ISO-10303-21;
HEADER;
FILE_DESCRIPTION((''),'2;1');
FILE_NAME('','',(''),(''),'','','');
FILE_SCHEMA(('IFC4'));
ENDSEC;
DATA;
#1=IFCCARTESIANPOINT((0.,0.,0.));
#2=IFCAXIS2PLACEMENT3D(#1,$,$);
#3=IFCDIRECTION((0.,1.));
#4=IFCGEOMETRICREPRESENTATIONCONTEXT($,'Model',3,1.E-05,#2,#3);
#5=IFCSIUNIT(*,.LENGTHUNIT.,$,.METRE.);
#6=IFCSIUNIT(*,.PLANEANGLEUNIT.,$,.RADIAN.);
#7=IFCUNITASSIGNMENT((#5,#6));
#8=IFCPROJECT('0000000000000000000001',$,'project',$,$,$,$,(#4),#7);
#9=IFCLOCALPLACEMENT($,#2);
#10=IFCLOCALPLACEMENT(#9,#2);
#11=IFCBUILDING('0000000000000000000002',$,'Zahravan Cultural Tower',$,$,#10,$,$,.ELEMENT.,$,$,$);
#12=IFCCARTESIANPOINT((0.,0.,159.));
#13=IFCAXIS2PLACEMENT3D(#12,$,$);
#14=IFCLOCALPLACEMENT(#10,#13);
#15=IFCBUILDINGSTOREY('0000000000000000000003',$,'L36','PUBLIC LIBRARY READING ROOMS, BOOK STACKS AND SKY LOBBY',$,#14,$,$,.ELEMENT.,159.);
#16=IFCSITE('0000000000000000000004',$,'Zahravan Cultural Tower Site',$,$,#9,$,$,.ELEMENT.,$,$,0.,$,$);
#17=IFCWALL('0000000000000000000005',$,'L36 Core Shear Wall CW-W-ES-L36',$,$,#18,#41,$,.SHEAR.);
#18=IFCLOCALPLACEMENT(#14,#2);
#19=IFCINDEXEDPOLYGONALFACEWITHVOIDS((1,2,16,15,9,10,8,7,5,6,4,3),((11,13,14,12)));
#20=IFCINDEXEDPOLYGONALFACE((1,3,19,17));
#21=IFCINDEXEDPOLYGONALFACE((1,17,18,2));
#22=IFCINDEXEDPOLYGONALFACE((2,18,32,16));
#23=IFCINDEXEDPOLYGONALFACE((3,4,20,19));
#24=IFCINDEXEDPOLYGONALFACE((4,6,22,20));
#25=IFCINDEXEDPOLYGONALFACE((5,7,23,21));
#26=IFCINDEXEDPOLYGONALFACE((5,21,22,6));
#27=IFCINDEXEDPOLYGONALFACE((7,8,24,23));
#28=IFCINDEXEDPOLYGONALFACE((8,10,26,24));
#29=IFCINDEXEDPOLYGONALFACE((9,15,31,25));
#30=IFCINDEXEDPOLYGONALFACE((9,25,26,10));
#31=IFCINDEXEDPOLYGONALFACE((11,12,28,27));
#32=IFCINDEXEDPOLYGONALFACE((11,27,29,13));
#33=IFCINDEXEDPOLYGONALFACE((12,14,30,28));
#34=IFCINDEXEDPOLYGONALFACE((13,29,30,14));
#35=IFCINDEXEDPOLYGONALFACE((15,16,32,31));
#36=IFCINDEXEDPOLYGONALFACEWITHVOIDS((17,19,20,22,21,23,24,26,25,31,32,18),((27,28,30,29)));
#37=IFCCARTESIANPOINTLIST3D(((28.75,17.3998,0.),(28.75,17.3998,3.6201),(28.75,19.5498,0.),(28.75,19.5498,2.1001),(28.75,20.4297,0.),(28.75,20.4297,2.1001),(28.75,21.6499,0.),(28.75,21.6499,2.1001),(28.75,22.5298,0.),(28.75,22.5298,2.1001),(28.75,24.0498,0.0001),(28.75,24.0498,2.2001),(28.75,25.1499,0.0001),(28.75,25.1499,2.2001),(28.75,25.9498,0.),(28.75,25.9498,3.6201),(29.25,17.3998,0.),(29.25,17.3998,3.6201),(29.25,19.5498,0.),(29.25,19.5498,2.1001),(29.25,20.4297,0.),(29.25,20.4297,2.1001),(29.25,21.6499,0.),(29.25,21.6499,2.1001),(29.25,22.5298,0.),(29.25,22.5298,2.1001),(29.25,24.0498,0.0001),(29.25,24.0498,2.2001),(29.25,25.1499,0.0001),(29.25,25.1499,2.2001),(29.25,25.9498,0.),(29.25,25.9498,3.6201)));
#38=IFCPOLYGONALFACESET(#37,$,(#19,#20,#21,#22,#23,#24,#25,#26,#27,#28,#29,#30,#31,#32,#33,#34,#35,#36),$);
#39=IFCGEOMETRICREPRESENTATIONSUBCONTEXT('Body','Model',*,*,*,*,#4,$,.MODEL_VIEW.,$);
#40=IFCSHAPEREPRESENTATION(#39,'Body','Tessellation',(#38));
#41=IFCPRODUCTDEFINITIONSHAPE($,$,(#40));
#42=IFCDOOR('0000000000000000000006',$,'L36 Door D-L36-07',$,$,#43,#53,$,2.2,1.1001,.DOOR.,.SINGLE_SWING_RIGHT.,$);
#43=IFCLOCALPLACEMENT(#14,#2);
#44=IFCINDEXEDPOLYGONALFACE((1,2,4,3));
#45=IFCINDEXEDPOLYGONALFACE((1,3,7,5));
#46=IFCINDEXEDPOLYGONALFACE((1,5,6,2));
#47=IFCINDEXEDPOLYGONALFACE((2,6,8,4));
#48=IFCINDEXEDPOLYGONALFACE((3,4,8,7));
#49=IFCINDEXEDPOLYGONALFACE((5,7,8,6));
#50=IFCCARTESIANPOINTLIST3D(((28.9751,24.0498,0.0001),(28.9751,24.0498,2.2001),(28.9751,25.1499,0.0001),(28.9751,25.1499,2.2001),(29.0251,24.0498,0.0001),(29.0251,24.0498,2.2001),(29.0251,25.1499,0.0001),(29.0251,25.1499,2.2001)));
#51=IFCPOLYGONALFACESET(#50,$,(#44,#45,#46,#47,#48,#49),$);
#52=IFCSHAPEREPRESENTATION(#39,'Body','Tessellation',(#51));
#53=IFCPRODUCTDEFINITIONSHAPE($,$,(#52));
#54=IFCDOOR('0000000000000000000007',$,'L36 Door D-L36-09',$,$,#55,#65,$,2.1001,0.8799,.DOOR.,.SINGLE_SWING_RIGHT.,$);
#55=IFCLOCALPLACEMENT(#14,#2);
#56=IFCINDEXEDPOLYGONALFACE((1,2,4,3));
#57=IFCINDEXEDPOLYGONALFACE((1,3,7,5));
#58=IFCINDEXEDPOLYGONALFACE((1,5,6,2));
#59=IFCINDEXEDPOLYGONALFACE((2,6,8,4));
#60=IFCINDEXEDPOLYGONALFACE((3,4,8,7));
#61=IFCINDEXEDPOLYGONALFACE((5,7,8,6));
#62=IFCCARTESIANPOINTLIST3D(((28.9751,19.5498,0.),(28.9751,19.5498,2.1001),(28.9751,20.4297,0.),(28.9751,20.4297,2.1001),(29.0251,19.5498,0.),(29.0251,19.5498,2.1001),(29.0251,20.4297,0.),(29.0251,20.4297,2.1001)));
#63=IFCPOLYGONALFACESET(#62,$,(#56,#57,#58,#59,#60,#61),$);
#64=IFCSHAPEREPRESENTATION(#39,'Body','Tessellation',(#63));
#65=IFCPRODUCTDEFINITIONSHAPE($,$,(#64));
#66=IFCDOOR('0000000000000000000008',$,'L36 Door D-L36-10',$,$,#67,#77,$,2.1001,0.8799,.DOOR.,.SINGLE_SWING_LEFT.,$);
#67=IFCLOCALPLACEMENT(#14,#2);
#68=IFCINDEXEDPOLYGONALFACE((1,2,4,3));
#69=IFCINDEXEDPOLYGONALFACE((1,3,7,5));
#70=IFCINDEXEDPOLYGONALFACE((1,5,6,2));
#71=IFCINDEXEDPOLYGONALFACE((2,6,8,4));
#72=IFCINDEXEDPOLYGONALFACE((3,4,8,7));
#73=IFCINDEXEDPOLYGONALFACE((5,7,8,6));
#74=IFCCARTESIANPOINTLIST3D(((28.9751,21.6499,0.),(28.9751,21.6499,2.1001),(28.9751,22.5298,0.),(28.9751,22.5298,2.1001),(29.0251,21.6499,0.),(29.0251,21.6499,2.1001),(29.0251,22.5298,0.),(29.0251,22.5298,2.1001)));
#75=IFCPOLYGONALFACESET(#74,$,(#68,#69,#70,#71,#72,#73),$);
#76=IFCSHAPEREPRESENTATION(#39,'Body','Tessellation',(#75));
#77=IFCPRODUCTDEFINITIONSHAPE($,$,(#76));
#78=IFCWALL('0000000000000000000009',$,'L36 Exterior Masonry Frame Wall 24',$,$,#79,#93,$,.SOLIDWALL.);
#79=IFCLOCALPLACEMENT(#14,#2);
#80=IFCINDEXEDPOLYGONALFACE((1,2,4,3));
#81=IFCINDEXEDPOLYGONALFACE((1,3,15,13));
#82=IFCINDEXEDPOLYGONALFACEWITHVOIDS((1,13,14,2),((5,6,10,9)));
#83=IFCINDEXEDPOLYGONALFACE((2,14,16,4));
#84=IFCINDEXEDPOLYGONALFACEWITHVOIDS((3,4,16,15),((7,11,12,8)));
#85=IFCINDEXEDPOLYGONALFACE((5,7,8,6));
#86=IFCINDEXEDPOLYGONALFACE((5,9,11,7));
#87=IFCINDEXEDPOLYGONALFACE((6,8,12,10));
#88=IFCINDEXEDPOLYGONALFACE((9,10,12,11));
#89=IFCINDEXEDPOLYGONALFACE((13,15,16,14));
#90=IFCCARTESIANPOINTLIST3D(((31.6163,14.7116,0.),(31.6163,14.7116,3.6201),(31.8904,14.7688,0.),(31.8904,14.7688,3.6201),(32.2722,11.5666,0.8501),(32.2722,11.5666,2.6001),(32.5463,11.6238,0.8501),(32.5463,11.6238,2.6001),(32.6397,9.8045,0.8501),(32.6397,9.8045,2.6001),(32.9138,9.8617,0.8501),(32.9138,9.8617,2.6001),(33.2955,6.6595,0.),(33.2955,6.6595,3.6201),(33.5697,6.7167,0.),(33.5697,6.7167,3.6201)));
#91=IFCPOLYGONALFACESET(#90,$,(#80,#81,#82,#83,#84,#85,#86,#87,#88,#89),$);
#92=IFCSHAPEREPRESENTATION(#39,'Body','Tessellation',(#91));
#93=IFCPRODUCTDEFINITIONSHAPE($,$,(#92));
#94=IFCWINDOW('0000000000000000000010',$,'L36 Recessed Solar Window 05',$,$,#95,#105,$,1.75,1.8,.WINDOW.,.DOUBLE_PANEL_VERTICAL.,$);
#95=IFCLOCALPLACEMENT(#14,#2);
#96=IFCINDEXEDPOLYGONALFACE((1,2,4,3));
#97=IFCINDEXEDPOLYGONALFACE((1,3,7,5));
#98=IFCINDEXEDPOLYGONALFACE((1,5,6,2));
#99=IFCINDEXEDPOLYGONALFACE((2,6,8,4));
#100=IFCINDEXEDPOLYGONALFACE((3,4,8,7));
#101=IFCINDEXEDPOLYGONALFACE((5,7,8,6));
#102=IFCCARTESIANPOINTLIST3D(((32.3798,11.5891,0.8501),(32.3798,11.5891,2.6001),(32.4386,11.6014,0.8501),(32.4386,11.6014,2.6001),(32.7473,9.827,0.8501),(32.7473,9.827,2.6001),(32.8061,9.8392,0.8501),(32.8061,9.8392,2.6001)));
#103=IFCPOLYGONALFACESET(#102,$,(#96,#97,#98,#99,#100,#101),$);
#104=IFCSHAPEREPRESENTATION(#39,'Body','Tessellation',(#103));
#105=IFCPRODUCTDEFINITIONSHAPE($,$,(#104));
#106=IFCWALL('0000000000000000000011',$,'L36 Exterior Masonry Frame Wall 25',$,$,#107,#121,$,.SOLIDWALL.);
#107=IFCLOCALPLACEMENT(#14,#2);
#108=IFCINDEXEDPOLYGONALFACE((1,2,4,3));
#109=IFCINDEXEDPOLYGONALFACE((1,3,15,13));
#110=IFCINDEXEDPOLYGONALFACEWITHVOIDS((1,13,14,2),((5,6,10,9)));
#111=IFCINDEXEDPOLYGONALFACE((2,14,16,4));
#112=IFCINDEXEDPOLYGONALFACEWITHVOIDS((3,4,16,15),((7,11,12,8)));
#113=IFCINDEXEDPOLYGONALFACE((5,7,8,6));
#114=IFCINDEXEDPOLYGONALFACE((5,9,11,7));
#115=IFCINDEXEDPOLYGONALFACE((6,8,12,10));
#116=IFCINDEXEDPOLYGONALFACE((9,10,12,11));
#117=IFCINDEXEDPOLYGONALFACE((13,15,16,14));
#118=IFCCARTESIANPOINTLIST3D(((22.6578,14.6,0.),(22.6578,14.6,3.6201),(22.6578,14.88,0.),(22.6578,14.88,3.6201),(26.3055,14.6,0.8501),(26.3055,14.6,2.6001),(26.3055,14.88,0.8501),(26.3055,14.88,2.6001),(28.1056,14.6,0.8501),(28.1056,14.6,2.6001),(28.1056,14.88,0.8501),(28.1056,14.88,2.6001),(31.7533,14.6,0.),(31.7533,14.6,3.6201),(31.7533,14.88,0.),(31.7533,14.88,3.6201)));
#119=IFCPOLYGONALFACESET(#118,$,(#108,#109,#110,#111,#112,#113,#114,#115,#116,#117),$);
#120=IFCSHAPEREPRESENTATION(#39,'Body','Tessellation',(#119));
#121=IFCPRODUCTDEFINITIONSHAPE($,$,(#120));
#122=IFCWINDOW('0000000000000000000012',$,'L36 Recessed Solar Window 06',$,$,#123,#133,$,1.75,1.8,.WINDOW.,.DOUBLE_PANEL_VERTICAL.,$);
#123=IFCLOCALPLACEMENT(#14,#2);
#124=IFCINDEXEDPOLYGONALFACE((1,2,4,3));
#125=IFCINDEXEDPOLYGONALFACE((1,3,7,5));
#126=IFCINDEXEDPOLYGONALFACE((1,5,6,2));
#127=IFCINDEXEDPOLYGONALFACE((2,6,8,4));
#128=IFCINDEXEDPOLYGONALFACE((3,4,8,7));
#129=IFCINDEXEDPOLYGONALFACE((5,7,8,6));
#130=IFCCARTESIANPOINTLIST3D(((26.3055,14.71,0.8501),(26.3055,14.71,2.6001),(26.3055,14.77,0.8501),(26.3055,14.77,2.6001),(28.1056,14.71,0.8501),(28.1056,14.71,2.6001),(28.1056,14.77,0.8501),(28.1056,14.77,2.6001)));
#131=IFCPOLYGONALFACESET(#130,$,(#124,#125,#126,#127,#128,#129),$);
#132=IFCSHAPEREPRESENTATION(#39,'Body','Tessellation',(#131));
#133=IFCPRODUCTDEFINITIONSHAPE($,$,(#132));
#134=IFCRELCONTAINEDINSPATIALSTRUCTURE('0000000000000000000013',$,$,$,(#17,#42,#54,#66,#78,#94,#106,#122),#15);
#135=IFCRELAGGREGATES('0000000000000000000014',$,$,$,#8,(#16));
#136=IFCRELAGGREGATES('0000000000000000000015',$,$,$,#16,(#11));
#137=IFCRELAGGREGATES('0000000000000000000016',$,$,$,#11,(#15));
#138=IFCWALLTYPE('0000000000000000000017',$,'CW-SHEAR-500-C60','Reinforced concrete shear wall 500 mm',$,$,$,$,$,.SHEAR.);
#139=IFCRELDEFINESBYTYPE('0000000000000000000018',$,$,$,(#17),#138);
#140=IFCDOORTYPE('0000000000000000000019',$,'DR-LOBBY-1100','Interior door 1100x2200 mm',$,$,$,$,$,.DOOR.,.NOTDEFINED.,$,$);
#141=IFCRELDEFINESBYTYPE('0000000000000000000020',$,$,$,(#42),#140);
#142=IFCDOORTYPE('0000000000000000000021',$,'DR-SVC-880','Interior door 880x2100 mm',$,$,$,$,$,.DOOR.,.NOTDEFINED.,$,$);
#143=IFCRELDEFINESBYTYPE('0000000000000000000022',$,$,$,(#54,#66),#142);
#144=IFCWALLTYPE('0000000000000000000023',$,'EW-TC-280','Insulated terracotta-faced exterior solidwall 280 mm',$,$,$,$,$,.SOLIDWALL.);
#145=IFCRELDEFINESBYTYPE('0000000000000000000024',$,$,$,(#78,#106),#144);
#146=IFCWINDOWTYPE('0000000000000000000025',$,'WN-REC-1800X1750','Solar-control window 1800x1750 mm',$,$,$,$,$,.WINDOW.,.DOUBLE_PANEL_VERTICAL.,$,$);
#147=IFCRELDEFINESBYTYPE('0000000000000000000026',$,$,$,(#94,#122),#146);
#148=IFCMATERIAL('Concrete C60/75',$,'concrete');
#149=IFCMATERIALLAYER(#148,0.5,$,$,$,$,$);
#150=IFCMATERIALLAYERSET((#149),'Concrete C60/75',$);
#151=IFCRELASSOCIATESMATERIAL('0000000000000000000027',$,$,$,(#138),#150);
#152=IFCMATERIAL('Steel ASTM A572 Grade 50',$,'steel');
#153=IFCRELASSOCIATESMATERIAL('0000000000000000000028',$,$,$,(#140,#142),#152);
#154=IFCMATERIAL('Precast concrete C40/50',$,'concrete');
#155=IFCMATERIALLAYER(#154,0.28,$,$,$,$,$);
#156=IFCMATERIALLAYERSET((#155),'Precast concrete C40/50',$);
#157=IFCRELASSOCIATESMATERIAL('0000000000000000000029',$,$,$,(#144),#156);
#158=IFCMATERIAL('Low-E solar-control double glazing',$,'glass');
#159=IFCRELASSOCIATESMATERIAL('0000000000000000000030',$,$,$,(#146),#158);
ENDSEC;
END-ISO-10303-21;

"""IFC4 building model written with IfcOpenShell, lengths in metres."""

from ifc_helpers import new_model, si_unit, direction, frame, frame_2d, origin, place, context, subcontext, project, spatial, rectangle, extrude, source, transform, mapped, material, layer, layer_set, type_object, element, fill, save


model = new_model("IFC4")

# Units and contexts
model_context = context("Model", 3, precision=1e-05, world=origin(), true_north=direction((0.0, 1.0)))
body_context = subcontext(model_context, "Body", "Model", "MODEL_VIEW")
ifc_project = project(units=[si_unit("LENGTHUNIT", "METRE"), si_unit("PLANEANGLEUNIT", "RADIAN")], contexts=[model_context])

# Site, building, storey
site_placement = place(None, origin())
site = spatial("IfcSite", under=ifc_project, at=site_placement, Name="Zahravan Cultural Tower Site", CompositionType="ELEMENT", RefElevation=0.0)
building_placement = place(site_placement, origin())
building = spatial("IfcBuilding", under=site, at=building_placement, Name="Zahravan Cultural Tower", CompositionType="ELEMENT")
storey_placement = place(building_placement, frame((0.0, 0.0, 159.0)))
storey = spatial("IfcBuildingStorey", under=building, at=storey_placement, Name="L36", Description="PUBLIC LIBRARY READING ROOMS, BOOK STACKS AND SKY LOBBY", CompositionType="ELEMENT", Elevation=159.0)

# Wall, openings, doors
ifc_material_1 = material(Name="Concrete C60/75", Category="concrete")
ifc_layer_1 = layer(ifc_material_1, 0.5)
ifc_layer_set_1 = layer_set([ifc_layer_1], Name="Concrete C60/75")
wall_type_1 = type_object("IfcWallType", Name="CW-SHEAR-500-C60", Description="Reinforced concrete shear wall 500 mm", PredefinedType="SHEAR", material=ifc_layer_set_1)
wall_1_placement = place(storey_placement, frame((29.0, 17.3999, 0.0), z_axis=(0.0, 0.0, 1.0), x_axis=(0.0, 1.0, 0.0)))
wall_1 = element("IfcWall", 1, at=wall_1_placement, inside=storey, type_object=wall_type_1, Name="L36 Core Shear Wall CW-W-ES-L36", PredefinedType="SHEAR", context=body_context, shape_type="SweptSolid", body=[
    extrude(rectangle(XDim=8.55, YDim=0.5, at=frame_2d((4.2749, 0.0))), origin(), (0.0, 0.0, 1.0), 3.6201),
])
opening_1_placement = place(wall_1_placement, frame((6.6499, 0.0, 0.0)))
opening_1 = element("IfcOpeningElement", 2, at=opening_1_placement, cuts=wall_1, PredefinedType="OPENING", context=body_context, shape_type="SweptSolid", body=[
    extrude(rectangle(XDim=1.1001, YDim=2.2, at=frame_2d((0.55, 1.1001))), frame((0.0, 0.26, 0.0), z_axis=(0.0, -1.0, 0.0), x_axis=(1.0, 0.0, 0.0)), (0.0, 0.0, 1.0), 0.52),
])
opening_2_placement = place(wall_1_placement, frame((2.1499, 0.0, 0.0)))
opening_2 = element("IfcOpeningElement", 3, at=opening_2_placement, cuts=wall_1, PredefinedType="OPENING", context=body_context, shape_type="SweptSolid", body=[
    extrude(rectangle(XDim=0.8799, YDim=2.1001, at=frame_2d((0.4399, 1.05))), frame((0.0, 0.26, 0.0), z_axis=(0.0, -1.0, 0.0), x_axis=(1.0, 0.0, 0.0)), (0.0, 0.0, 1.0), 0.52),
])
opening_3_placement = place(wall_1_placement, frame((4.25, 0.0, 0.0)))
opening_3 = element("IfcOpeningElement", 4, at=opening_3_placement, cuts=wall_1, PredefinedType="OPENING", context=body_context, shape_type="SweptSolid", body=[
    extrude(rectangle(XDim=0.8799, YDim=2.1001, at=frame_2d((0.4399, 1.05))), frame((0.0, 0.26, 0.0), z_axis=(0.0, -1.0, 0.0), x_axis=(1.0, 0.0, 0.0)), (0.0, 0.0, 1.0), 0.52),
])
ifc_material_2 = material(Name="Steel ASTM A572 Grade 50", Category="steel")
door_type_1 = type_object("IfcDoorType", Name="DR-LOBBY-1100", Description="Interior door 1100x2200 mm", OperationType="NOTDEFINED", PredefinedType="DOOR", material=ifc_material_2)
shared_shape_1 = source(origin(), body_context, "Body", "SweptSolid", [
    extrude(rectangle(XDim=1.1001, YDim=2.2, at=frame_2d((0.55, 1.1001))), frame((0.0, 0.0249, 0.0), z_axis=(0.0, -1.0, 0.0), x_axis=(1.0, 0.0, 0.0)), (0.0, 0.0, 1.0), 0.05),
])
door_1_placement = place(opening_1_placement, origin())
door_1 = element("IfcDoor", 5, at=door_1_placement, inside=storey, type_object=door_type_1, Name="L36 Door D-L36-07", OperationType="SINGLE_SWING_RIGHT", OverallHeight=2.2, OverallWidth=1.1001, PredefinedType="DOOR", context=body_context, shape_type="MappedRepresentation", body=[
    mapped(shared_shape_1, transform((0.0, 0.0, 0.0), x_axis=(1.0, 0.0, 0.0), y_axis=(0.0, 1.0, 0.0), z_axis=(0.0, 0.0, 1.0), scale=1.0)),
])
fill(opening_1, door_1)
door_type_2 = type_object("IfcDoorType", Name="DR-SVC-880", Description="Interior door 880x2100 mm", OperationType="NOTDEFINED", PredefinedType="DOOR", material=ifc_material_2)
shared_shape_2 = source(origin(), body_context, "Body", "SweptSolid", [
    extrude(rectangle(XDim=0.8799, YDim=2.1001, at=frame_2d((0.4399, 1.05))), frame((0.0, 0.0249, 0.0), z_axis=(0.0, -1.0, 0.0), x_axis=(1.0, 0.0, 0.0)), (0.0, 0.0, 1.0), 0.05),
])
door_2_placement = place(opening_2_placement, origin())
door_2 = element("IfcDoor", 6, at=door_2_placement, inside=storey, type_object=door_type_2, Name="L36 Door D-L36-09", OperationType="SINGLE_SWING_RIGHT", OverallHeight=2.1001, OverallWidth=0.8799, PredefinedType="DOOR", context=body_context, shape_type="MappedRepresentation", body=[
    mapped(shared_shape_2, transform((0.0, 0.0, 0.0), x_axis=(1.0, 0.0, 0.0), y_axis=(0.0, 1.0, 0.0), z_axis=(0.0, 0.0, 1.0), scale=1.0)),
])
fill(opening_2, door_2)
door_3_placement = place(opening_3_placement, origin())
door_3 = element("IfcDoor", 7, at=door_3_placement, inside=storey, type_object=door_type_2, Name="L36 Door D-L36-10", OperationType="SINGLE_SWING_LEFT", OverallHeight=2.1001, OverallWidth=0.8799, PredefinedType="DOOR", context=body_context, shape_type="MappedRepresentation", body=[
    mapped(shared_shape_2, transform((0.0, 0.0, 0.0), x_axis=(1.0, 0.0, 0.0), y_axis=(0.0, 1.0, 0.0), z_axis=(0.0, 0.0, 1.0), scale=1.0)),
])
fill(opening_3, door_3)

# Walls, openings, windows
ifc_material_3 = material(Name="Precast concrete C40/50", Category="concrete")
ifc_layer_2 = layer(ifc_material_3, 0.28)
ifc_layer_set_2 = layer_set([ifc_layer_2], Name="Precast concrete C40/50")
wall_type_2 = type_object("IfcWallType", Name="EW-TC-280", Description="Insulated terracotta-faced exterior solidwall 280 mm", PredefinedType="SOLIDWALL", material=ifc_layer_set_2)
wall_2_placement = place(storey_placement, frame((33.4326, 6.688, 0.0), z_axis=(0.0, 0.0, 1.0), x_axis=(-0.204152, 0.978939, 0.0)))
wall_2 = element("IfcWall", 8, at=wall_2_placement, inside=storey, type_object=wall_type_2, Name="L36 Exterior Masonry Frame Wall 24", PredefinedType="SOLIDWALL", context=body_context, shape_type="SweptSolid", body=[
    extrude(rectangle(XDim=8.2253, YDim=0.28, at=frame_2d((4.1128, 0.0))), origin(), (0.0, 0.0, 1.0), 3.6201),
])
opening_4_placement = place(wall_2_placement, frame((3.2129, 0.0, 0.8501)))
opening_4 = element("IfcOpeningElement", 9, at=opening_4_placement, cuts=wall_2, PredefinedType="OPENING", context=body_context, shape_type="SweptSolid", body=[
    extrude(rectangle(XDim=1.8, YDim=1.75, at=frame_2d((0.8999, 0.875))), frame((0.0, 0.1499, 0.0), z_axis=(0.0, -1.0, 0.0), x_axis=(1.0, 0.0, 0.0)), (0.0, 0.0, 1.0), 0.3),
])
ifc_material_4 = material(Name="Low-E solar-control double glazing", Category="glass")
window_type = type_object("IfcWindowType", Name="WN-REC-1800X1750", Description="Solar-control window 1800x1750 mm", PartitioningType="DOUBLE_PANEL_VERTICAL", PredefinedType="WINDOW", material=ifc_material_4)
shared_shape_3 = source(origin(), body_context, "Body", "SweptSolid", [
    extrude(rectangle(XDim=1.8, YDim=1.75, at=frame_2d((0.8999, 0.875))), frame((0.0, 0.03, 0.0), z_axis=(0.0, -1.0, 0.0), x_axis=(1.0, 0.0, 0.0)), (0.0, 0.0, 1.0), 0.0601),
])
window_1_placement = place(opening_4_placement, origin())
window_1 = element("IfcWindow", 10, at=window_1_placement, inside=storey, type_object=window_type, Name="L36 Recessed Solar Window 05", OverallHeight=1.75, OverallWidth=1.8, PartitioningType="DOUBLE_PANEL_VERTICAL", PredefinedType="WINDOW", context=body_context, shape_type="MappedRepresentation", body=[
    mapped(shared_shape_3, transform((0.0, 0.0, 0.0), x_axis=(1.0, 0.0, 0.0), y_axis=(0.0, 1.0, 0.0), z_axis=(0.0, 0.0, 1.0), scale=1.0)),
])
fill(opening_4, window_1)
wall_3_placement = place(storey_placement, frame((31.7534, 14.74, 0.0), z_axis=(0.0, 0.0, 1.0), x_axis=(-1.0, 0.0, 0.0)))
wall_3 = element("IfcWall", 11, at=wall_3_placement, inside=storey, type_object=wall_type_2, Name="L36 Exterior Masonry Frame Wall 25", PredefinedType="SOLIDWALL", context=body_context, shape_type="SweptSolid", body=[
    extrude(rectangle(XDim=9.0955, YDim=0.28, at=frame_2d((4.5479, 0.0))), origin(), (0.0, 0.0, 1.0), 3.6201),
])
opening_5_placement = place(wall_3_placement, frame((3.6479, 0.0, 0.8501)))
opening_5 = element("IfcOpeningElement", 12, at=opening_5_placement, cuts=wall_3, PredefinedType="OPENING", context=body_context, shape_type="SweptSolid", body=[
    extrude(rectangle(XDim=1.8, YDim=1.75, at=frame_2d((0.8999, 0.875))), frame((0.0, 0.1499, 0.0), z_axis=(0.0, -1.0, 0.0), x_axis=(1.0, 0.0, 0.0)), (0.0, 0.0, 1.0), 0.3),
])
window_2_placement = place(opening_5_placement, origin())
window_2 = element("IfcWindow", 13, at=window_2_placement, inside=storey, type_object=window_type, Name="L36 Recessed Solar Window 06", OverallHeight=1.75, OverallWidth=1.8, PartitioningType="DOUBLE_PANEL_VERTICAL", PredefinedType="WINDOW", context=body_context, shape_type="MappedRepresentation", body=[
    mapped(shared_shape_3, transform((0.0, 0.0, 0.0), x_axis=(1.0, 0.0, 0.0), y_axis=(0.0, 1.0, 0.0), z_axis=(0.0, 0.0, 1.0), scale=1.0)),
])
fill(opening_5, window_2)

save(model, "model.ifc")
